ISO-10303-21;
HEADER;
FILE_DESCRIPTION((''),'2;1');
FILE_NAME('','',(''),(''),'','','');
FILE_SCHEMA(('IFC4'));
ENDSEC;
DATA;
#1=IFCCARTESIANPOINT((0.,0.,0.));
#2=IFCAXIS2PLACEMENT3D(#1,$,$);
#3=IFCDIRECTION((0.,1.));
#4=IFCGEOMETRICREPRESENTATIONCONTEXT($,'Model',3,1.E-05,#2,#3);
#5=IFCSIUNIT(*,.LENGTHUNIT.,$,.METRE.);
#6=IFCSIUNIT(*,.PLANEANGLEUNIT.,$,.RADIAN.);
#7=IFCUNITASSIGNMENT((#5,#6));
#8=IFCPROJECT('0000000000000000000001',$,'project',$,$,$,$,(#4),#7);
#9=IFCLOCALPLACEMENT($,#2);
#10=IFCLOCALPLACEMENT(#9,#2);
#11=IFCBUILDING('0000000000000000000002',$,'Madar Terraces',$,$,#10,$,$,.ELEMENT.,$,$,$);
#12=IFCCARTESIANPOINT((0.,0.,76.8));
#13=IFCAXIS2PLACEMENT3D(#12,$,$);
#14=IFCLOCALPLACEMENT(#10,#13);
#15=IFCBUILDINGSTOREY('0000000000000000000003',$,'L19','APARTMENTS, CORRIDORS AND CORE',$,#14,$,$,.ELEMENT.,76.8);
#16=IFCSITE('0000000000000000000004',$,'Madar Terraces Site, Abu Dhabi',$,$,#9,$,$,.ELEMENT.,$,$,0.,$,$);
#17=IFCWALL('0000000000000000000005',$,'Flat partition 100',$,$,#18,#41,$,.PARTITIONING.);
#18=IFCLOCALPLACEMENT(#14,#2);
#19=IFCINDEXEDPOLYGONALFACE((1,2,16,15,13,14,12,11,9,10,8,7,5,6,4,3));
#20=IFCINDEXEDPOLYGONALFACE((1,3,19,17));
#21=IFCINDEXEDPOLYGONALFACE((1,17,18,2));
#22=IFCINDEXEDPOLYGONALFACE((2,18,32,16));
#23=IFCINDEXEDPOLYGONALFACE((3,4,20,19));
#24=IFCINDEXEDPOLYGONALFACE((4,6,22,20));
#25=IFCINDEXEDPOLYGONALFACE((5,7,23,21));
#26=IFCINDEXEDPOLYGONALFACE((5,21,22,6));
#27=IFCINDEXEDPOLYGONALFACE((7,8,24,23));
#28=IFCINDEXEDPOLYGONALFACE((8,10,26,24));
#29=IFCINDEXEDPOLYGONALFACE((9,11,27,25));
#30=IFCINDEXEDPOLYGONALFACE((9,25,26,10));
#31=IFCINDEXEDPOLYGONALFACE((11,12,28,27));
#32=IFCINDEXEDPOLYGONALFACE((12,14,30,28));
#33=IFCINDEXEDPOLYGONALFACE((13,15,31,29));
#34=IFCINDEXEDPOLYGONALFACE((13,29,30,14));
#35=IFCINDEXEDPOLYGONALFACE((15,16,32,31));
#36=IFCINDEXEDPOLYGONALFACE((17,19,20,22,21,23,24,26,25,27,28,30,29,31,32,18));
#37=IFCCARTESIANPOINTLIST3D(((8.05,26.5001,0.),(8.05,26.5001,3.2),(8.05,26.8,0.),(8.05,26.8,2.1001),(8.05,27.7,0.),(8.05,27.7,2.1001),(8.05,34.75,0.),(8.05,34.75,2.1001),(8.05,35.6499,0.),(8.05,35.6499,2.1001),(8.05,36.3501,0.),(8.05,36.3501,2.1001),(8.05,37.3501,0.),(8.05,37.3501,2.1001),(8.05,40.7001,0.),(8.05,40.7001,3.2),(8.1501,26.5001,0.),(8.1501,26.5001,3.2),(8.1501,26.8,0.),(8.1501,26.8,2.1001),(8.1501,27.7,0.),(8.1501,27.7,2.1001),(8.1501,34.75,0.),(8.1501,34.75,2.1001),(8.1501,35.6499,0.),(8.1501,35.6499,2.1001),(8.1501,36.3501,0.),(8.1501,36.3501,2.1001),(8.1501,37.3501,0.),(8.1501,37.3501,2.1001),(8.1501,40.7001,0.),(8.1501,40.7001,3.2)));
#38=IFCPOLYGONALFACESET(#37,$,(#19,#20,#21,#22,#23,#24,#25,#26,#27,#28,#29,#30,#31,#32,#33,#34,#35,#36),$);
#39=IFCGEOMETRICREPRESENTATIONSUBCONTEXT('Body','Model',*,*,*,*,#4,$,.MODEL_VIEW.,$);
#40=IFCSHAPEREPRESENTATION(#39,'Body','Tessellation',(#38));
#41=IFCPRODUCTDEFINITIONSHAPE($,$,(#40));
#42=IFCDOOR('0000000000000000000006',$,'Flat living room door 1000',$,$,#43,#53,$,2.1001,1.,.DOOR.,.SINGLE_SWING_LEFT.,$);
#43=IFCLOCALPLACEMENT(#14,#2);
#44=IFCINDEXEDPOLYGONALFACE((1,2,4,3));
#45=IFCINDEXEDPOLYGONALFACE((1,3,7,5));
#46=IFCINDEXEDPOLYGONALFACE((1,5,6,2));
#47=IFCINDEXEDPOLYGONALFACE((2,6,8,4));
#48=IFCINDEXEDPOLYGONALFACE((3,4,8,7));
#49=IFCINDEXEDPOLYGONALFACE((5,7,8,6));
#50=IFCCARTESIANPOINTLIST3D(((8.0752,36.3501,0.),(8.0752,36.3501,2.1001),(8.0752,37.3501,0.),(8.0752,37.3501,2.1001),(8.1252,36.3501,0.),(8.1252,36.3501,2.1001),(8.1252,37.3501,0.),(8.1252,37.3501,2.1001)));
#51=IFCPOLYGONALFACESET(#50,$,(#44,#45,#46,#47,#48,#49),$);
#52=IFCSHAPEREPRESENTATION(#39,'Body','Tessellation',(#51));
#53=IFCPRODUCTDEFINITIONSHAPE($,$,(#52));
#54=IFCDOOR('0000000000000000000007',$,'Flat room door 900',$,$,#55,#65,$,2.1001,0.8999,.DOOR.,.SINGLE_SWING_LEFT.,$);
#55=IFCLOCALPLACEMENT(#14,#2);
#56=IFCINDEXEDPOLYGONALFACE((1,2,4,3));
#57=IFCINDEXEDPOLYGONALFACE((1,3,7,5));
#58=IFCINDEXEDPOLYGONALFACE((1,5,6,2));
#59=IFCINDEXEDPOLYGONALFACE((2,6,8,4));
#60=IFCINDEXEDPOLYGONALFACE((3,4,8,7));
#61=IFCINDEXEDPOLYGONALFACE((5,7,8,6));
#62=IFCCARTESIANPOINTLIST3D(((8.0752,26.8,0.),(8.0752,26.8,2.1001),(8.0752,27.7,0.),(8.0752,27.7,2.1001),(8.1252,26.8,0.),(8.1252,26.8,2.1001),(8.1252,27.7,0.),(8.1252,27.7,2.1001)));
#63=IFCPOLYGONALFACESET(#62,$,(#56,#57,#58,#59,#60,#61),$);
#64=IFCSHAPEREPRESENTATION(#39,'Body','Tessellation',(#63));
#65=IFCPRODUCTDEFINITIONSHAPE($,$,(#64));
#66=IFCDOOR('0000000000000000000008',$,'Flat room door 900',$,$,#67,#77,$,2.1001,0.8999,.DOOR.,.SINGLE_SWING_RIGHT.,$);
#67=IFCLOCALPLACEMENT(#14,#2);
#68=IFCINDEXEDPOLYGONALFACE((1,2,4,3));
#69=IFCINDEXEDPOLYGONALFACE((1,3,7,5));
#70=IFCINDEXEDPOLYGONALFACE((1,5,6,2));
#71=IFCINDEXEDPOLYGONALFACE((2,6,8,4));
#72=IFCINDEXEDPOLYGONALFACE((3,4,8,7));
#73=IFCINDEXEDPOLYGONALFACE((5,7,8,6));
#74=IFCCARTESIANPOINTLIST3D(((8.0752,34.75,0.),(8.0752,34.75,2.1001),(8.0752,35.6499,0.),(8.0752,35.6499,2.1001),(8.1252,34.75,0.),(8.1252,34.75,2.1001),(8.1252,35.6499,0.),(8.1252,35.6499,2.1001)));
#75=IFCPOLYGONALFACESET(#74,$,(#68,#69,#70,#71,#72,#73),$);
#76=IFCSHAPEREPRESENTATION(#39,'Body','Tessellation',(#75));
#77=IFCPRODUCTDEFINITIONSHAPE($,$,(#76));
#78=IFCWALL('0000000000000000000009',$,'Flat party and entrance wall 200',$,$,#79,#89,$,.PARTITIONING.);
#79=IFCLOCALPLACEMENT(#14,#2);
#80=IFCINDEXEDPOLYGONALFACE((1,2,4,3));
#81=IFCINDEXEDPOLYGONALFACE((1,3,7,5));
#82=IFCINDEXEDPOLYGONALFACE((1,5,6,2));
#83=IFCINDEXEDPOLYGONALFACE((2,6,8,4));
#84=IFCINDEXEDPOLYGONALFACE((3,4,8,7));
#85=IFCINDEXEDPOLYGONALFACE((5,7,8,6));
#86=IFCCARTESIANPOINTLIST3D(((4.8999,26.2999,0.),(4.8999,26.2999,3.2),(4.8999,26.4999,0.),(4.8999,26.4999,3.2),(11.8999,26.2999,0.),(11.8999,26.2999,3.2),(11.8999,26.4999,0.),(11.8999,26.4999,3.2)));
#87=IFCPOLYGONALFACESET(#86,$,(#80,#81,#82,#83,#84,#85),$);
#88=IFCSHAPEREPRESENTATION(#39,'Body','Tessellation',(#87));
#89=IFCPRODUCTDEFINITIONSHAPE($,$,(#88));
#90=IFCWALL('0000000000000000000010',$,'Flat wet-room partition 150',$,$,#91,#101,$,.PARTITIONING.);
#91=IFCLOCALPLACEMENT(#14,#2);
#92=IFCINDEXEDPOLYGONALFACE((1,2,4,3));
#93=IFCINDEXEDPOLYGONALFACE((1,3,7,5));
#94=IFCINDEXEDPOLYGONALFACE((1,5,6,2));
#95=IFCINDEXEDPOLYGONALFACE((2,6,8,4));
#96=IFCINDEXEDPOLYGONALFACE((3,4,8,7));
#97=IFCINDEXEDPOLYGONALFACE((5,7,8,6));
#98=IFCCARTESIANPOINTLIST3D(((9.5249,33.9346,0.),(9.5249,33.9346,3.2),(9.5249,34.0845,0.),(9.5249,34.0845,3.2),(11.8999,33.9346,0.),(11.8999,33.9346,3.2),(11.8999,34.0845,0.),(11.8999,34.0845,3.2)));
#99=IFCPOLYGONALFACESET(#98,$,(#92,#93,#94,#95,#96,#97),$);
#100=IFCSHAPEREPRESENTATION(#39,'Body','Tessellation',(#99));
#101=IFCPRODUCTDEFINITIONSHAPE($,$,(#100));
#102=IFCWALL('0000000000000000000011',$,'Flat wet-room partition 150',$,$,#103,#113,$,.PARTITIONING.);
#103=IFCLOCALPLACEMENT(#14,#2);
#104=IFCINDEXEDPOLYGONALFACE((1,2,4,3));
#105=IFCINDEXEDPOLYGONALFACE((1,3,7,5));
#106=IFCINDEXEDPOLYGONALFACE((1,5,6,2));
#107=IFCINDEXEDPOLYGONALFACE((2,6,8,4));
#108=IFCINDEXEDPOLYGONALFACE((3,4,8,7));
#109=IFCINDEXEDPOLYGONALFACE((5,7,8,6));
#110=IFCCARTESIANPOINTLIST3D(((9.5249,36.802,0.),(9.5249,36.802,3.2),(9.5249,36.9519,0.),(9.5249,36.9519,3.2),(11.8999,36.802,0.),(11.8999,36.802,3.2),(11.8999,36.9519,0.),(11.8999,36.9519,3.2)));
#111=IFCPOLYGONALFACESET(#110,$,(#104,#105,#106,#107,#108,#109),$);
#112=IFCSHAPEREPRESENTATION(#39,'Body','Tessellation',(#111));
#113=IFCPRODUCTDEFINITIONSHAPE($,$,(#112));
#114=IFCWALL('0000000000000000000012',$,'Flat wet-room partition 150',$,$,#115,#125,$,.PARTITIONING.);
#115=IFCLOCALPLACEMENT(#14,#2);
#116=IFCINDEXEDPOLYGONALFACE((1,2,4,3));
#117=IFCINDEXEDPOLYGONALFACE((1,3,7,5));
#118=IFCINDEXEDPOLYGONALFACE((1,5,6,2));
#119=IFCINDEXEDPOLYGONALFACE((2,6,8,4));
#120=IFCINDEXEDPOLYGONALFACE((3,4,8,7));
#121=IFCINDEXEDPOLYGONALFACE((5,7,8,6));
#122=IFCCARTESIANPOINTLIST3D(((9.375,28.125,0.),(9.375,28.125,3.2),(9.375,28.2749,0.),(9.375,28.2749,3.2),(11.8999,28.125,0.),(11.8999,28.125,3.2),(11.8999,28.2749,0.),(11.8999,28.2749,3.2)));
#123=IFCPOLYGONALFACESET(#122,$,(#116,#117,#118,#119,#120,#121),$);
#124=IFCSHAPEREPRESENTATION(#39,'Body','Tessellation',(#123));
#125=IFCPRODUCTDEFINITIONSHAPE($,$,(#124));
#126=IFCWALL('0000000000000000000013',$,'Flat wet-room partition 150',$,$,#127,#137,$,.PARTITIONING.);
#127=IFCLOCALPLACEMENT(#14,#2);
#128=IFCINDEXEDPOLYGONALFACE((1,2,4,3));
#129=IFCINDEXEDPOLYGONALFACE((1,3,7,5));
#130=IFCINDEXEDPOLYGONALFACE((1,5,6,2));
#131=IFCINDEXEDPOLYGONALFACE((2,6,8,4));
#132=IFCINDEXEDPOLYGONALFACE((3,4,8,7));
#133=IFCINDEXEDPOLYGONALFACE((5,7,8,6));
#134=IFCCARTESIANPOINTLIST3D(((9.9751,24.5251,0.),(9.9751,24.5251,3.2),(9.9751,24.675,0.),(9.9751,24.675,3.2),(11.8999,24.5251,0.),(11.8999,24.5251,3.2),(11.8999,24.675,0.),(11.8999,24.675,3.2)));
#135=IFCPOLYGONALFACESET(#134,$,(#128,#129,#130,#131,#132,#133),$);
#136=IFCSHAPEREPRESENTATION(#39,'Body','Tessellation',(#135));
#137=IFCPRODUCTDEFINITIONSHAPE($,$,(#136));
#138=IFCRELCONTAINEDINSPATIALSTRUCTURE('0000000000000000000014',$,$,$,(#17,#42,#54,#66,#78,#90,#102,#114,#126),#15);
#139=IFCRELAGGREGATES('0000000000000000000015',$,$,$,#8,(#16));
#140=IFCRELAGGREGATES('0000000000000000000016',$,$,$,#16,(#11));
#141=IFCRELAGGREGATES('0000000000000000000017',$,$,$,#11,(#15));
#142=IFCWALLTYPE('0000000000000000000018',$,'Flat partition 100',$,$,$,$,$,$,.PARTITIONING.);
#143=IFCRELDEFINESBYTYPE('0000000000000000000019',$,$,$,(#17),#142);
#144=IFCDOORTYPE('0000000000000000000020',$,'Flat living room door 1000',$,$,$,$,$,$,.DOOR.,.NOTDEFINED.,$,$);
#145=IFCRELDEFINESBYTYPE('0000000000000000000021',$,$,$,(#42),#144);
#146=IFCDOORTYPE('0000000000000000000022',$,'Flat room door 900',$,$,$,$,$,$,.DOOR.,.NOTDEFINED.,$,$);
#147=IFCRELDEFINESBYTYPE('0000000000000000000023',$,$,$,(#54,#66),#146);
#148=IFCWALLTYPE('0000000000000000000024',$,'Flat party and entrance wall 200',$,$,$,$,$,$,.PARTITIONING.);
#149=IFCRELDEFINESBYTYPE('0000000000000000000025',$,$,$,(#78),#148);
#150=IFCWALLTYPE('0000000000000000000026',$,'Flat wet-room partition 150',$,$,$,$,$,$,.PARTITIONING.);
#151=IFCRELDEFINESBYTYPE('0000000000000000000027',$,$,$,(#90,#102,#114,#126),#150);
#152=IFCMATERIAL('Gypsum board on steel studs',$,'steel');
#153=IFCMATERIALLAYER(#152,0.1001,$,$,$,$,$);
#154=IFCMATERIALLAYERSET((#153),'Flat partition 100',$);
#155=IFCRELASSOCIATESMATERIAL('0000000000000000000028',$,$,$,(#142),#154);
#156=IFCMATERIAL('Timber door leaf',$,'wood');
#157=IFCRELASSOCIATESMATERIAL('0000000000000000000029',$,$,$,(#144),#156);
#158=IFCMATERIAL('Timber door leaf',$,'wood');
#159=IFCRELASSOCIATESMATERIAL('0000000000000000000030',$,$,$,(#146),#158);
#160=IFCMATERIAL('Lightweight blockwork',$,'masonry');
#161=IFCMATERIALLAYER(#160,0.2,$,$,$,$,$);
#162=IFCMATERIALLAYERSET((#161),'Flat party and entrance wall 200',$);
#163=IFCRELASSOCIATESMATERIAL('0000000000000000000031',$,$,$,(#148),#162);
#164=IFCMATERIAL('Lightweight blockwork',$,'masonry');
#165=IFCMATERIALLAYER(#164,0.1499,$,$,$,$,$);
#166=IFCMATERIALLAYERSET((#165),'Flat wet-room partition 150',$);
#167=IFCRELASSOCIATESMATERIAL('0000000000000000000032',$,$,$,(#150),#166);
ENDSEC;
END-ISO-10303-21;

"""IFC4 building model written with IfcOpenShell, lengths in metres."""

from ifc_helpers import new_model, si_unit, direction, frame, frame_2d, origin, place, context, subcontext, project, spatial, rectangle, extrude, material, layer, layer_set, type_object, element, fill, save


model = new_model("IFC4")

# Units and contexts
model_context = context("Model", 3, precision=1e-05, world=origin(), true_north=direction((0.0, 1.0)))
body_context = subcontext(model_context, "Body", "Model", "MODEL_VIEW")
ifc_project = project(units=[si_unit("LENGTHUNIT", "METRE"), si_unit("PLANEANGLEUNIT", "RADIAN")], contexts=[model_context])

# Site, building, storey
site_placement = place(None, origin())
site = spatial("IfcSite", under=ifc_project, at=site_placement, Name="Madar Terraces Site, Abu Dhabi", CompositionType="ELEMENT", RefElevation=0.0)
building_placement = place(site_placement, origin())
building = spatial("IfcBuilding", under=site, at=building_placement, Name="Madar Terraces", CompositionType="ELEMENT")
storey_placement = place(building_placement, frame((0.0, 0.0, 76.8)))
storey = spatial("IfcBuildingStorey", under=building, at=storey_placement, Name="L19", Description="APARTMENTS, CORRIDORS AND CORE", CompositionType="ELEMENT", Elevation=76.8)

# Shared definitions
ifc_material_1 = material(Name="Gypsum board on steel studs", Category="steel")
ifc_layer_1 = layer(ifc_material_1, 0.1001)
ifc_layer_set_1 = layer_set([ifc_layer_1], Name="Flat partition 100")
wall_type_1 = type_object("IfcWallType", Name="Flat partition 100", PredefinedType="PARTITIONING", material=ifc_layer_set_1)

# Wall, openings, doors
wall_1_placement = place(storey_placement, frame((8.1001, 26.5, 0.0), z_axis=(0.0, 0.0, 1.0), x_axis=(0.0, 1.0, 0.0)))
wall_1 = element("IfcWall", 1, at=wall_1_placement, inside=storey, type_object=wall_type_1, Name="Flat partition 100", PredefinedType="PARTITIONING", context=body_context, shape_type="SweptSolid", body=[
    extrude(rectangle(XDim=14.2, YDim=0.1001, at=frame_2d((7.1001, 0.0))), origin(), (0.0, 0.0, 1.0), 3.2),
])
opening_1_placement = place(wall_1_placement, frame((0.3, 0.0, 0.0)))
opening_1 = element("IfcOpeningElement", 2, at=opening_1_placement, cuts=wall_1, PredefinedType="OPENING", context=body_context, shape_type="SweptSolid", body=[
    extrude(rectangle(XDim=0.8999, YDim=2.1001, at=frame_2d((0.45, 1.05))), frame((0.0, 0.0601, 0.0), z_axis=(0.0, -1.0, 0.0), x_axis=(1.0, 0.0, 0.0)), (0.0, 0.0, 1.0), 0.1201),
])
opening_2_placement = place(wall_1_placement, frame((8.25, 0.0, 0.0)))
opening_2 = element("IfcOpeningElement", 3, at=opening_2_placement, cuts=wall_1, PredefinedType="OPENING", context=body_context, shape_type="SweptSolid", body=[
    extrude(rectangle(XDim=0.8999, YDim=2.1001, at=frame_2d((0.45, 1.05))), frame((0.0, 0.0601, 0.0), z_axis=(0.0, -1.0, 0.0), x_axis=(1.0, 0.0, 0.0)), (0.0, 0.0, 1.0), 0.1201),
])
opening_3_placement = place(wall_1_placement, frame((9.8501, 0.0, 0.0)))
opening_3 = element("IfcOpeningElement", 4, at=opening_3_placement, cuts=wall_1, PredefinedType="OPENING", context=body_context, shape_type="SweptSolid", body=[
    extrude(rectangle(XDim=1.0, YDim=2.1001, at=frame_2d((0.5, 1.05))), frame((0.0, 0.0601, 0.0), z_axis=(0.0, -1.0, 0.0), x_axis=(1.0, 0.0, 0.0)), (0.0, 0.0, 1.0), 0.1201),
])
ifc_material_2 = material(Name="Timber door leaf", Category="wood")
door_type_1 = type_object("IfcDoorType", Name="Flat living room door 1000", OperationType="NOTDEFINED", PredefinedType="DOOR", material=ifc_material_2)
door_1_placement = place(opening_3_placement, origin())
door_1 = element("IfcDoor", 5, at=door_1_placement, inside=storey, type_object=door_type_1, Name="Flat living room door 1000", OperationType="SINGLE_SWING_LEFT", OverallHeight=2.1001, OverallWidth=1.0, PredefinedType="DOOR", context=body_context, shape_type="SweptSolid", body=[
    extrude(rectangle(XDim=1.0, YDim=2.1001, at=frame_2d((0.5, 1.05))), frame((0.0, 0.0249, 0.0), z_axis=(0.0, -1.0, 0.0), x_axis=(1.0, 0.0, 0.0)), (0.0, 0.0, 1.0), 0.05),
])
fill(opening_3, door_1)
ifc_material_3 = material(Name="Timber door leaf", Category="wood")
door_type_2 = type_object("IfcDoorType", Name="Flat room door 900", OperationType="NOTDEFINED", PredefinedType="DOOR", material=ifc_material_3)
door_2_placement = place(opening_1_placement, origin())
door_2 = element("IfcDoor", 6, at=door_2_placement, inside=storey, type_object=door_type_2, Name="Flat room door 900", OperationType="SINGLE_SWING_LEFT", OverallHeight=2.1001, OverallWidth=0.8999, PredefinedType="DOOR", context=body_context, shape_type="SweptSolid", body=[
    extrude(rectangle(XDim=0.8999, YDim=2.1001, at=frame_2d((0.45, 1.05))), frame((0.0, 0.0249, 0.0), z_axis=(0.0, -1.0, 0.0), x_axis=(1.0, 0.0, 0.0)), (0.0, 0.0, 1.0), 0.05),
])
fill(opening_1, door_2)
door_3_placement = place(opening_2_placement, origin())
door_3 = element("IfcDoor", 7, at=door_3_placement, inside=storey, type_object=door_type_2, Name="Flat room door 900", OperationType="SINGLE_SWING_RIGHT", OverallHeight=2.1001, OverallWidth=0.8999, PredefinedType="DOOR", context=body_context, shape_type="SweptSolid", body=[
    extrude(rectangle(XDim=0.8999, YDim=2.1001, at=frame_2d((0.45, 1.05))), frame((0.0, 0.0249, 0.0), z_axis=(0.0, -1.0, 0.0), x_axis=(1.0, 0.0, 0.0)), (0.0, 0.0, 1.0), 0.05),
])
fill(opening_2, door_3)

# Walls
ifc_material_4 = material(Name="Lightweight blockwork", Category="masonry")
ifc_layer_2 = layer(ifc_material_4, 0.2)
ifc_layer_set_2 = layer_set([ifc_layer_2], Name="Flat party and entrance wall 200")
wall_type_2 = type_object("IfcWallType", Name="Flat party and entrance wall 200", PredefinedType="PARTITIONING", material=ifc_layer_set_2)
wall_2_placement = place(storey_placement, frame((4.8999, 26.3999, 0.0), z_axis=(0.0, 0.0, 1.0), x_axis=(1.0, 0.0, 0.0)))
element("IfcWall", 8, at=wall_2_placement, inside=storey, type_object=wall_type_2, Name="Flat party and entrance wall 200", PredefinedType="PARTITIONING", context=body_context, shape_type="SweptSolid", body=[
    extrude(rectangle(XDim=7.0, YDim=0.2, at=frame_2d((3.5, 0.0))), origin(), (0.0, 0.0, 1.0), 3.2),
])
ifc_material_5 = material(Name="Lightweight blockwork", Category="masonry")
ifc_layer_3 = layer(ifc_material_5, 0.1499)
ifc_layer_set_3 = layer_set([ifc_layer_3], Name="Flat wet-room partition 150")
wall_type_3 = type_object("IfcWallType", Name="Flat wet-room partition 150", PredefinedType="PARTITIONING", material=ifc_layer_set_3)
for number, where, z_axis, x_axis, name in (
    (9, (11.8999, 34.0095, 0.0), (0.0, 0.0, 1.0), (-1.0, 0.0, 0.0), "Flat wet-room partition 150"),
    (10, (11.8999, 36.877, 0.0), (0.0, 0.0, 1.0), (-1.0, 0.0, 0.0), "Flat wet-room partition 150"),
):
    element("IfcWall", number, at=place(storey_placement, frame(where, z_axis=z_axis, x_axis=x_axis)), inside=storey, type_object=wall_type_3, Name=name, PredefinedType="PARTITIONING", context=body_context, shape_type="SweptSolid", body=[
        extrude(rectangle(XDim=2.375, YDim=0.1499, at=frame_2d((1.1875, 0.0))), origin(), (0.0, 0.0, 1.0), 3.2),
    ])
wall_3_placement = place(storey_placement, frame((11.8999, 28.2, 0.0), z_axis=(0.0, 0.0, 1.0), x_axis=(-1.0, 0.0, 0.0)))
element("IfcWall", 11, at=wall_3_placement, inside=storey, type_object=wall_type_3, Name="Flat wet-room partition 150", PredefinedType="PARTITIONING", context=body_context, shape_type="SweptSolid", body=[
    extrude(rectangle(XDim=2.5249, YDim=0.1499, at=frame_2d((1.2625, 0.0))), origin(), (0.0, 0.0, 1.0), 3.2),
])
wall_4_placement = place(storey_placement, frame((11.8999, 24.6001, 0.0), z_axis=(0.0, 0.0, 1.0), x_axis=(-1.0, 0.0, 0.0)))
element("IfcWall", 12, at=wall_4_placement, inside=storey, type_object=wall_type_3, Name="Flat wet-room partition 150", PredefinedType="PARTITIONING", context=body_context, shape_type="SweptSolid", body=[
    extrude(rectangle(XDim=1.9248, YDim=0.1499, at=frame_2d((0.9624, 0.0))), origin(), (0.0, 0.0, 1.0), 3.2),
])

save(model, "model.ifc")
